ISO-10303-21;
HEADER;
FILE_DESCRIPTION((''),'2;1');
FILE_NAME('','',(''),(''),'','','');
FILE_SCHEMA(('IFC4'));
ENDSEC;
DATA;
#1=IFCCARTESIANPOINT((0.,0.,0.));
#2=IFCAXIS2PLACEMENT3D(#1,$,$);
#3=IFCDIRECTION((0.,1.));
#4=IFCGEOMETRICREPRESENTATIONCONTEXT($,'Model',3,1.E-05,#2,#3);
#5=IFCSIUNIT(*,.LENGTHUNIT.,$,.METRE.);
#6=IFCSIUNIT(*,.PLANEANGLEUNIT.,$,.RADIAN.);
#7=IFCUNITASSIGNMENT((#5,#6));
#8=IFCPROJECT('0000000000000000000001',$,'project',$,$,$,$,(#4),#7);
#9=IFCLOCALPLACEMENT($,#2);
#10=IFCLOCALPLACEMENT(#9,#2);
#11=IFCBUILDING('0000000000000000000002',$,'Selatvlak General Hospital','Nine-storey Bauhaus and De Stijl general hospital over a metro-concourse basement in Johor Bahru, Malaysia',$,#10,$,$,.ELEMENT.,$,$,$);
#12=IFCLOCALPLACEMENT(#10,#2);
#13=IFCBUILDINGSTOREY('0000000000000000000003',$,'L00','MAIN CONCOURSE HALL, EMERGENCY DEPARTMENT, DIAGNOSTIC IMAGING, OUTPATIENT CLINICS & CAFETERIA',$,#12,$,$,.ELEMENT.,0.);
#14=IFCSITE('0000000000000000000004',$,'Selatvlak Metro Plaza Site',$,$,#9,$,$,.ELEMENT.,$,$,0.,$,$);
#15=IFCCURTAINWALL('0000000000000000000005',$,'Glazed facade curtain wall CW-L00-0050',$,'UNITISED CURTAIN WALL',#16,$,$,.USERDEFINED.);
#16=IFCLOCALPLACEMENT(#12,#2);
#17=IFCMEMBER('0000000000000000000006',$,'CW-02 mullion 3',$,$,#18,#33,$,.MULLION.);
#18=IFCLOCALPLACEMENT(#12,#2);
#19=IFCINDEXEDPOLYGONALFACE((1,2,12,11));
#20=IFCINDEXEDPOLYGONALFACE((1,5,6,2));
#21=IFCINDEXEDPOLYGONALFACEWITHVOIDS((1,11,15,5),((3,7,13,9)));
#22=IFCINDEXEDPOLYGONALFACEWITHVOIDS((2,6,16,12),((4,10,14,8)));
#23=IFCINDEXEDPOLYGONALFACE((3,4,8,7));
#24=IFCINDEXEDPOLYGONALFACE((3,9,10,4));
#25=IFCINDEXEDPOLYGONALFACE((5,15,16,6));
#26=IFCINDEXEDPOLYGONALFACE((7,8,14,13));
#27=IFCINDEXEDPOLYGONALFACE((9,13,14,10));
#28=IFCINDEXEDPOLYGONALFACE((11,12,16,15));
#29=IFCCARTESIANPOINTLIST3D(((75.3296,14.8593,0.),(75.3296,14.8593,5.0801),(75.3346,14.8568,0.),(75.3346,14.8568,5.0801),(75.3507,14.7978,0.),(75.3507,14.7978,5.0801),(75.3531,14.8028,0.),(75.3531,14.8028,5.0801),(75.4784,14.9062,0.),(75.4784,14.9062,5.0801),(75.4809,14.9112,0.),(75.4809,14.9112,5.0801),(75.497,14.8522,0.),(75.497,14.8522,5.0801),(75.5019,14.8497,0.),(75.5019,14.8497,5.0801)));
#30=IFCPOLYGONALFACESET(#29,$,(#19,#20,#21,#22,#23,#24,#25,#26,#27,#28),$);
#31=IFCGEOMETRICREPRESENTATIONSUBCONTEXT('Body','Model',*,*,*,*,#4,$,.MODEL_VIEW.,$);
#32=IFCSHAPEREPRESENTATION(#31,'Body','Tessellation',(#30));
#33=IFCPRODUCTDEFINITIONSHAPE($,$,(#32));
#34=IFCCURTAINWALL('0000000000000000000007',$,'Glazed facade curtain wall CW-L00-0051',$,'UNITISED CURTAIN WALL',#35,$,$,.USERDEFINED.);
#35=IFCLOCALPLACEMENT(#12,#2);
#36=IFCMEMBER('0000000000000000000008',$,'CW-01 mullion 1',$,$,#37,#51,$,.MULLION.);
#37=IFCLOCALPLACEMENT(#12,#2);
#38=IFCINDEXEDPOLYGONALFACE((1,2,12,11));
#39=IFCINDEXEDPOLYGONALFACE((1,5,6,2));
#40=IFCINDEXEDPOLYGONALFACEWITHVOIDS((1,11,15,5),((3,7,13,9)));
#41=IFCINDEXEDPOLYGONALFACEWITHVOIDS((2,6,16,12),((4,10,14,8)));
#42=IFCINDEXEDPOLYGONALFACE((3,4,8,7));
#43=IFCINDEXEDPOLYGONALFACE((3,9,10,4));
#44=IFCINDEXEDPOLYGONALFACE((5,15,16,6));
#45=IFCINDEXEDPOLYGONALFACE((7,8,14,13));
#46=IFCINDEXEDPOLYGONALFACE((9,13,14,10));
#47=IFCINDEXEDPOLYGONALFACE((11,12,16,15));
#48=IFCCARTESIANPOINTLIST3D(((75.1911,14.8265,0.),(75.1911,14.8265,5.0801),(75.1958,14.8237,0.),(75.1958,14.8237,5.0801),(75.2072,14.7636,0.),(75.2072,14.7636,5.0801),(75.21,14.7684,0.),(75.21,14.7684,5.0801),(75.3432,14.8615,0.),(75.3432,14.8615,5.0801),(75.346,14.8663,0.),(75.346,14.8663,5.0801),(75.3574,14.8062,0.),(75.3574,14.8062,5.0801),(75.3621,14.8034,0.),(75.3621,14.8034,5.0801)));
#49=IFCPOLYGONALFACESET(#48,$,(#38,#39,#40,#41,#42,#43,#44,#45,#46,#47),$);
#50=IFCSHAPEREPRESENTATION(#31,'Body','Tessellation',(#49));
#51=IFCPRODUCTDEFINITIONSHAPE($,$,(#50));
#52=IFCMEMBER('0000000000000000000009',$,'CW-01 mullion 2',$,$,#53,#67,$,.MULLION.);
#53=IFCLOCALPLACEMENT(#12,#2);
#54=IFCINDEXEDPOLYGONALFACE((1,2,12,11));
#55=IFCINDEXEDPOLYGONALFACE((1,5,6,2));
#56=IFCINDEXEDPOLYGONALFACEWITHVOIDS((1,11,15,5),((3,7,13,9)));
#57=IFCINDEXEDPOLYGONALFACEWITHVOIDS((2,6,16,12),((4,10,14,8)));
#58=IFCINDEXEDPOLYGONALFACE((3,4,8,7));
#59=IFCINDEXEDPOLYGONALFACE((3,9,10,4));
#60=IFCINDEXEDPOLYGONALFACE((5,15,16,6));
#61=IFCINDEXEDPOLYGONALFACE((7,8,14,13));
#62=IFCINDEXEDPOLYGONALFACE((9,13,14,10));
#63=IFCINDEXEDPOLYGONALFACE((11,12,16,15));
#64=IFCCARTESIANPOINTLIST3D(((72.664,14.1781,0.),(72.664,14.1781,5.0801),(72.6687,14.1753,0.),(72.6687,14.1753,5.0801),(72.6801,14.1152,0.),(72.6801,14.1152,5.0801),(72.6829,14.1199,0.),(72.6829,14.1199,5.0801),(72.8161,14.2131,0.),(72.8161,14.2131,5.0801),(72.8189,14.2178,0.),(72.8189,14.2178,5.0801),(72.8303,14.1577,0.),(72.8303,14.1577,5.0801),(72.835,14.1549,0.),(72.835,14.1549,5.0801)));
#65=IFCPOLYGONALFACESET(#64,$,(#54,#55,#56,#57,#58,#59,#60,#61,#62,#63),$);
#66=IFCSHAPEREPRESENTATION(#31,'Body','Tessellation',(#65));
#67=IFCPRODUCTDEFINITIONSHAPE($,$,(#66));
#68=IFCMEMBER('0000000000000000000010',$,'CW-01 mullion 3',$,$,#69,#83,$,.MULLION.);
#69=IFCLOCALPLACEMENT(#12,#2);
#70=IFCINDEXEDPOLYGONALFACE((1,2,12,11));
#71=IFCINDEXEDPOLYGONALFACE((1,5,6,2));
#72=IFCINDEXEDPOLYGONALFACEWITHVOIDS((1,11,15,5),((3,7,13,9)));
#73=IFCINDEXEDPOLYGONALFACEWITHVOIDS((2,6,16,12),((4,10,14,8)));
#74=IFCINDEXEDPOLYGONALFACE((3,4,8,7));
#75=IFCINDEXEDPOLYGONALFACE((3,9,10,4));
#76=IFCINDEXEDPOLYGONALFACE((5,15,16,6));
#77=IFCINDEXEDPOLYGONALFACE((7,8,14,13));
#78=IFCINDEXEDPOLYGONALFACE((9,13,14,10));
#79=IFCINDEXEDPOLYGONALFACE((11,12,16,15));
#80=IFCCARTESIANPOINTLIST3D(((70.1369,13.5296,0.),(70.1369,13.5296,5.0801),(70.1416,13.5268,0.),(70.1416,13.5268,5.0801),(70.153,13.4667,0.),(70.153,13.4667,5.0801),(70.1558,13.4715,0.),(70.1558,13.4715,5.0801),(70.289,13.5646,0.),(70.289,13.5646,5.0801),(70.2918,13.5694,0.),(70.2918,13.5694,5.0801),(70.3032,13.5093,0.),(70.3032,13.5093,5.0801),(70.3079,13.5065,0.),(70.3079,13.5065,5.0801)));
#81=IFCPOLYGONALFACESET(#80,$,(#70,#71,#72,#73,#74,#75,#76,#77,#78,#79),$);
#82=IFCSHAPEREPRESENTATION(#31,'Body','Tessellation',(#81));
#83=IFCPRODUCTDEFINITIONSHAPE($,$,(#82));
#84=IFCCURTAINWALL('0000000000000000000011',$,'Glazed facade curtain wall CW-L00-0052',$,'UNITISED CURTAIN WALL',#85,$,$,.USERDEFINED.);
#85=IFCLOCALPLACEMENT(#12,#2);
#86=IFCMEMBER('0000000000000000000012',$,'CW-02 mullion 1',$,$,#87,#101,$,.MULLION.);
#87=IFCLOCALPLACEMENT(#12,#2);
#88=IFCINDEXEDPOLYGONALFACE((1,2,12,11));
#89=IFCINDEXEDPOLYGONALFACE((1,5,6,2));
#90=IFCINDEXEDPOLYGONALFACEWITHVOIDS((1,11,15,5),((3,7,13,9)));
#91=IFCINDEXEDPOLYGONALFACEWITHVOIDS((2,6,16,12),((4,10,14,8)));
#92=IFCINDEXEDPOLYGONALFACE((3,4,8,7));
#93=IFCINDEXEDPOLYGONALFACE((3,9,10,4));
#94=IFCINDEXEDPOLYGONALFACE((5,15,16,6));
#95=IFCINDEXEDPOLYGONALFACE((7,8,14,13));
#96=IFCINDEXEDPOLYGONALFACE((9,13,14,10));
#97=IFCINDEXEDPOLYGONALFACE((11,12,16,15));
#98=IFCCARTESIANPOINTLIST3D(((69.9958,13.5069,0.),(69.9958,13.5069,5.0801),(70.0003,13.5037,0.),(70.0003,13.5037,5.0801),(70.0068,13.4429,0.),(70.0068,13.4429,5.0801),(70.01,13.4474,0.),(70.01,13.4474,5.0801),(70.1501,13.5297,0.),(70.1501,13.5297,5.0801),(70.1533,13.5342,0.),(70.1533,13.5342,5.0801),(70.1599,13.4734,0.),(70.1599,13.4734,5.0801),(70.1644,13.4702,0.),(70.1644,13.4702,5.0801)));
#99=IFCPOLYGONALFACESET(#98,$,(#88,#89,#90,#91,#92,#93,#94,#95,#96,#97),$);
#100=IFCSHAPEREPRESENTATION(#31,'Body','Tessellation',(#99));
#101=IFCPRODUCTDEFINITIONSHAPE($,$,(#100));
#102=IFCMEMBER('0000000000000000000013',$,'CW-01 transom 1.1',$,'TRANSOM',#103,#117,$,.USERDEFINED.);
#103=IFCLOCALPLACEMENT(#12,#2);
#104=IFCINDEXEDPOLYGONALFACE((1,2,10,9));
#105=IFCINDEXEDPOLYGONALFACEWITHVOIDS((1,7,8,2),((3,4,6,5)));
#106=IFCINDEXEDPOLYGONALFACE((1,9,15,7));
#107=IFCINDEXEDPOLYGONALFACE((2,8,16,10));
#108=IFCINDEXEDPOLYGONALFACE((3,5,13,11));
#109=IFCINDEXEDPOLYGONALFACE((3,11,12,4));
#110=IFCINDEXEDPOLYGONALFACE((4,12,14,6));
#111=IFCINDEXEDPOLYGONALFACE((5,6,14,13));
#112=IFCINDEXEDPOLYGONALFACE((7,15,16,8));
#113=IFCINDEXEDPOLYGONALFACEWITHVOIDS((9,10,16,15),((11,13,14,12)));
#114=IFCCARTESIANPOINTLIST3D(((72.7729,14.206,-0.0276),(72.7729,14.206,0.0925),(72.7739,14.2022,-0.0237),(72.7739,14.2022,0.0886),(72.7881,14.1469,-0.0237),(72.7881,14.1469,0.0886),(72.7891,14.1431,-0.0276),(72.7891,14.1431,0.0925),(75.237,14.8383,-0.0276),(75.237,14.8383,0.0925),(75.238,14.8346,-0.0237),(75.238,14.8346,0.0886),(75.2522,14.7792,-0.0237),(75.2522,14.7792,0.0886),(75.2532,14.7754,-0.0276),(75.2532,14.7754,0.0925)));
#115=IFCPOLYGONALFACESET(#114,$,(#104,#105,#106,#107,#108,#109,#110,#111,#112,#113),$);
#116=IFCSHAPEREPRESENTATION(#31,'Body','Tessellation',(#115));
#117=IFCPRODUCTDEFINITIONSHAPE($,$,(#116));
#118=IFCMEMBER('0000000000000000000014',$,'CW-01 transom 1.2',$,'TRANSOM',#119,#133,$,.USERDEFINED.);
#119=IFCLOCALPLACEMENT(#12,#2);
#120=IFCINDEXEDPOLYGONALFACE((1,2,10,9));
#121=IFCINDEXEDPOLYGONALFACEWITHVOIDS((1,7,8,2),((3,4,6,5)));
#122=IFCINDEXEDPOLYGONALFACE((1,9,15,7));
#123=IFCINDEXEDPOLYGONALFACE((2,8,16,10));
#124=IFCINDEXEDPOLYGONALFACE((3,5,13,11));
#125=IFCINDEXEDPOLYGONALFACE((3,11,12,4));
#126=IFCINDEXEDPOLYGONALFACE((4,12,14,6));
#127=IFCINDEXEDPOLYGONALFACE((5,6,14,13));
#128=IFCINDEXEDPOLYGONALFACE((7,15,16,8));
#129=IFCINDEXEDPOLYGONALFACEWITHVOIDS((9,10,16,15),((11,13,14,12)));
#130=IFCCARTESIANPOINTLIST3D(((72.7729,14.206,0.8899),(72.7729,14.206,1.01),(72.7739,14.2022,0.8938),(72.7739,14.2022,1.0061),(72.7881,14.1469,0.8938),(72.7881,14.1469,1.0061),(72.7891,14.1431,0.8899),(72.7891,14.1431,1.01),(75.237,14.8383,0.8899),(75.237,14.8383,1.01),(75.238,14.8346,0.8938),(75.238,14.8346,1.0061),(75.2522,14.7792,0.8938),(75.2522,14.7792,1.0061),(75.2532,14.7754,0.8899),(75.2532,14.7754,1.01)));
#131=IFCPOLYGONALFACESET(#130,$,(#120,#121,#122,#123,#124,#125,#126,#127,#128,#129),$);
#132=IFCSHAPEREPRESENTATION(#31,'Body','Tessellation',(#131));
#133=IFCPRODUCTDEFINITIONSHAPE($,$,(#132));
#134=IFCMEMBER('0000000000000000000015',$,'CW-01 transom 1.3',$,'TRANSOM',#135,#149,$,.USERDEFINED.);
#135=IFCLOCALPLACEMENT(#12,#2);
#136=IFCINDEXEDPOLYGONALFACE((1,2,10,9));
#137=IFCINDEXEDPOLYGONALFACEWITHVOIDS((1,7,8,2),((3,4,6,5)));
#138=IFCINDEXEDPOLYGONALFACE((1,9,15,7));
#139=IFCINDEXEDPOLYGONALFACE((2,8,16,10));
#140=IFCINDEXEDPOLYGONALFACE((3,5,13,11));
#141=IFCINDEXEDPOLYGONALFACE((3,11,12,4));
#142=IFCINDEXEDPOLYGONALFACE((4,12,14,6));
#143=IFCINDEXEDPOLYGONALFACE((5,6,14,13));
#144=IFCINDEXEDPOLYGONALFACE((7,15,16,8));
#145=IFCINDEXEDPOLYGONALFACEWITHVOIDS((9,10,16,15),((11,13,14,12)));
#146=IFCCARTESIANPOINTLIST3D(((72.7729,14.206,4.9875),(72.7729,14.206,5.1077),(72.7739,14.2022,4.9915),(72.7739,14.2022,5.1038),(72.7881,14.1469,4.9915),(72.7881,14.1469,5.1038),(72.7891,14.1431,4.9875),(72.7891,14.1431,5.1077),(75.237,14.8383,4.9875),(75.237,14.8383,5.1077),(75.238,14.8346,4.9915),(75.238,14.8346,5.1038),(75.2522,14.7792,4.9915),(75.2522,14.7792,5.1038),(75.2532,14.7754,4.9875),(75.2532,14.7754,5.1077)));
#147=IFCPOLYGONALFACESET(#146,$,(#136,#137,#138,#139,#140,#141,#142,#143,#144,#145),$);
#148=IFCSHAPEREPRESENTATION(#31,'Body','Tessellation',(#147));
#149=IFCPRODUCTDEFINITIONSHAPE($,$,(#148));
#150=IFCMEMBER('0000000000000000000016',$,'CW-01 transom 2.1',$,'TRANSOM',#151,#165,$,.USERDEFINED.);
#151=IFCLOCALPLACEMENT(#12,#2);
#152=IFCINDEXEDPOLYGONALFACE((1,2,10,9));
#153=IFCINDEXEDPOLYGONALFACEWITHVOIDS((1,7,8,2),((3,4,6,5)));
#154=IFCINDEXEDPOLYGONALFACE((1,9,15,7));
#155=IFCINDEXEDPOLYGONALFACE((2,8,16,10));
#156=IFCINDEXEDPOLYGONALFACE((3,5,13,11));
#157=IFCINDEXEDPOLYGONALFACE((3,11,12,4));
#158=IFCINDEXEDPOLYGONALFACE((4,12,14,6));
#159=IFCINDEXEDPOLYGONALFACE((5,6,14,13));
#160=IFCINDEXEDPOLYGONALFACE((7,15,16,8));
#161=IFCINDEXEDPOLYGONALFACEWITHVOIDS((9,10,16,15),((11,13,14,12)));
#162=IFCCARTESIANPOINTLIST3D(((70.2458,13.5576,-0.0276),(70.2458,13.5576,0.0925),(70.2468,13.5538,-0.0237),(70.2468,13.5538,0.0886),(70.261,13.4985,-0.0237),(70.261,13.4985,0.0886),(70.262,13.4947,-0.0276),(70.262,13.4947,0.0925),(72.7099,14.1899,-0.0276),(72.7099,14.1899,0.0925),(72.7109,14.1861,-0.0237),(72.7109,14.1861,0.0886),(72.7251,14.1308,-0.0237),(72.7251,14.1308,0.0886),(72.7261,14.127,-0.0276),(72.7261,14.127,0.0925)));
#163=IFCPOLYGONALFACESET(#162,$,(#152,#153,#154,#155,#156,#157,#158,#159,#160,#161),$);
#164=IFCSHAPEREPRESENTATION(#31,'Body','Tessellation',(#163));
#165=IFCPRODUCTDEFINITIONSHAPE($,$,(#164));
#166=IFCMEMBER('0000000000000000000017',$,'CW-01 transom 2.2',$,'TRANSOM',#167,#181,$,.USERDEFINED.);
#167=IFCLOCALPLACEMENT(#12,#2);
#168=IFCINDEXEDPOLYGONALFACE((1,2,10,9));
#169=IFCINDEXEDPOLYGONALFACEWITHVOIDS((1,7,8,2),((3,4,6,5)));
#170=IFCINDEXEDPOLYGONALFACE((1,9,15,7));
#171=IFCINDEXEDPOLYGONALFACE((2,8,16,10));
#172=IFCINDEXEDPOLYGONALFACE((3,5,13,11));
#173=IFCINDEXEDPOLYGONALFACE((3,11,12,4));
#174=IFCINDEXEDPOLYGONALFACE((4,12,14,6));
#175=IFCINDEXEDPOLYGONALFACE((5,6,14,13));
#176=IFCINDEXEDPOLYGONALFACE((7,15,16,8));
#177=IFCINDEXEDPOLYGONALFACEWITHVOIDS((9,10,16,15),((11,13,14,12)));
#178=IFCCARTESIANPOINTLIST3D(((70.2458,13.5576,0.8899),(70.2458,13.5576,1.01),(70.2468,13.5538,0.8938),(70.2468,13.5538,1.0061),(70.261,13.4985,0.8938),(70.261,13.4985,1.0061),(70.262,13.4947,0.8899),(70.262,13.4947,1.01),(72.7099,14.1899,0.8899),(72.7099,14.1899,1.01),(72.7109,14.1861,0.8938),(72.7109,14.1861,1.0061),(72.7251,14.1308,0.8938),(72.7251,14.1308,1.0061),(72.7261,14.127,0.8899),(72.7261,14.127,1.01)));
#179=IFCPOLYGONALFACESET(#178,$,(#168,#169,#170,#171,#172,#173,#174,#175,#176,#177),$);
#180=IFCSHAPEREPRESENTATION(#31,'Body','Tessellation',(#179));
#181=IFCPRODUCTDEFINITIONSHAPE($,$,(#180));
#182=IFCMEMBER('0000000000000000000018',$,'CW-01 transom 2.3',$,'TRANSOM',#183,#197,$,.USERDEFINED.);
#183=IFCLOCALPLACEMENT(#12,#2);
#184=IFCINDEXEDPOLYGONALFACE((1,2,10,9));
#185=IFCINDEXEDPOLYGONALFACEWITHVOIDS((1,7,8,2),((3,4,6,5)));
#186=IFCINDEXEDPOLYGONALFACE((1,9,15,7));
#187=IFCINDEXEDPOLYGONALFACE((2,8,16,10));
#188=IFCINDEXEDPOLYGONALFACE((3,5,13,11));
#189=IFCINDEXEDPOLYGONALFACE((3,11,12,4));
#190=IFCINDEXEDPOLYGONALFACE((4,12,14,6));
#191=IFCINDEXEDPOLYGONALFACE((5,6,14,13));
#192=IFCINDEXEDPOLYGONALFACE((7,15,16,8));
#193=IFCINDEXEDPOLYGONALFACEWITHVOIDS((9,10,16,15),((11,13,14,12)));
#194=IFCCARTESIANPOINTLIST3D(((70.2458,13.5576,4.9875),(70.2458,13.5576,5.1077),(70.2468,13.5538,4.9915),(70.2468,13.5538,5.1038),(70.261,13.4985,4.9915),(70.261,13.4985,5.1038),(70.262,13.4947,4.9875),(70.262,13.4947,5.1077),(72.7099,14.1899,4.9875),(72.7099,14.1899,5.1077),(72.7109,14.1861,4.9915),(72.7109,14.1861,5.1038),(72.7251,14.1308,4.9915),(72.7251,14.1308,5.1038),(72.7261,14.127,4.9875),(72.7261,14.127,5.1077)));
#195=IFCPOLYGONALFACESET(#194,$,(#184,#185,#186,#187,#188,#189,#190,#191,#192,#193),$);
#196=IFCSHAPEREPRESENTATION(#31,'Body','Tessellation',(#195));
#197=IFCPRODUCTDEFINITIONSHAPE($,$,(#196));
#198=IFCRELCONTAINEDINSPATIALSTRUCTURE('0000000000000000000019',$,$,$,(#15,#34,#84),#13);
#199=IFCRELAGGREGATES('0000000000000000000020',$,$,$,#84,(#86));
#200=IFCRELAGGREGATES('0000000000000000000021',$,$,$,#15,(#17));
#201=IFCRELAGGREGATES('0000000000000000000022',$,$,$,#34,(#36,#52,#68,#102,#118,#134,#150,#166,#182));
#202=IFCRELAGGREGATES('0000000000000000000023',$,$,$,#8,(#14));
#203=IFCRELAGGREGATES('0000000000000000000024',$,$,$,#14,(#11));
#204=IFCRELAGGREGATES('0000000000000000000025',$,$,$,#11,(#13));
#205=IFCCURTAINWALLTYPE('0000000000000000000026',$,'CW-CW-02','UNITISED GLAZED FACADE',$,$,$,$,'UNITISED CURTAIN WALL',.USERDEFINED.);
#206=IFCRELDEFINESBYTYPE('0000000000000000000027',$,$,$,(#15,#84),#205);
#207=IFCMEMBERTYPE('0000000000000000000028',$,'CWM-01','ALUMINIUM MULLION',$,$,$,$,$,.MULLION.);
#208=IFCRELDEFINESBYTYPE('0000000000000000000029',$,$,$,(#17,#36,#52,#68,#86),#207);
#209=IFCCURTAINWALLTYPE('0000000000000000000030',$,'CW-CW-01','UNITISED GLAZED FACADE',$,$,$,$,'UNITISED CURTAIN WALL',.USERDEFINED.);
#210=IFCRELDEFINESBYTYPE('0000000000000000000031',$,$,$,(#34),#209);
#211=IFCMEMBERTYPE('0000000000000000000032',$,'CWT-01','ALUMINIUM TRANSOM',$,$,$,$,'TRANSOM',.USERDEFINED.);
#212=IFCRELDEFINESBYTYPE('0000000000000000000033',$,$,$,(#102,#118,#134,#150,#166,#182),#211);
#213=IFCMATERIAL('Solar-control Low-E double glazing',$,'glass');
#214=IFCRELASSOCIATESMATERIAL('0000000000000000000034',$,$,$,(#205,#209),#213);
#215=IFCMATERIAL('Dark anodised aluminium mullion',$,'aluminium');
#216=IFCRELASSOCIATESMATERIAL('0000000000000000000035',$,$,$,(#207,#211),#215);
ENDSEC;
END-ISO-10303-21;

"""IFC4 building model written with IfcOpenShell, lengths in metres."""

from ifc_helpers import new_model, si_unit, direction, frame, origin, origin_2d, place, context, subcontext, project, spatial, hollow_rectangle, extrude, material, material_profile, profile_set, type_object, element, aggregate, save


model = new_model("IFC4")

# Units and contexts
model_context = context("Model", 3, precision=1e-05, world=origin(), true_north=direction((0.0, 1.0)))
body_context = subcontext(model_context, "Body", "Model", "MODEL_VIEW")
ifc_project = project(units=[si_unit("LENGTHUNIT", "METRE"), si_unit("PLANEANGLEUNIT", "RADIAN")], contexts=[model_context])

# Site, building, storey
site_placement = place(None, origin())
site = spatial("IfcSite", under=ifc_project, at=site_placement, Name="Selatvlak Metro Plaza Site", CompositionType="ELEMENT", RefElevation=0.0)
building_placement = place(site_placement, origin())
building = spatial("IfcBuilding", under=site, at=building_placement, Name="Selatvlak General Hospital", Description="Nine-storey Bauhaus and De Stijl general hospital over a metro-concourse basement in Johor Bahru, Malaysia", CompositionType="ELEMENT")
storey_placement = place(building_placement, origin())
storey = spatial("IfcBuildingStorey", under=building, at=storey_placement, Name="L00", Description="MAIN CONCOURSE HALL, EMERGENCY DEPARTMENT, DIAGNOSTIC IMAGING, OUTPATIENT CLINICS & CAFETERIA", CompositionType="ELEMENT", Elevation=0.0)

# Curtain wall, member
ifc_material_1 = material(Name="Solar-control Low-E double glazing", Category="glass")
curtain_wall_type_1 = type_object("IfcCurtainWallType", Name="CW-CW-02", Description="UNITISED GLAZED FACADE", ElementType="UNITISED CURTAIN WALL", PredefinedType="USERDEFINED", material=ifc_material_1)
curtain_wall_1_placement = place(storey_placement, origin())
curtain_wall_1 = element("IfcCurtainWall", 1, at=curtain_wall_1_placement, inside=storey, type_object=curtain_wall_type_1, Name="Glazed facade curtain wall CW-L00-0050", ObjectType="UNITISED CURTAIN WALL", PredefinedType="USERDEFINED")
ifc_material_2 = material(Name="Dark anodised aluminium mullion", Category="aluminium")
ifc_material_profile_1 = material_profile(ifc_material_2, hollow_rectangle(XDim=0.0649, YDim=0.1599, WallThickness=0.0039, at=origin_2d()), Name="AL-MUL 65x160x4")
ifc_profile_set_1 = profile_set([ifc_material_profile_1], Name="Dark anodised aluminium mullion")
member_type_1 = type_object("IfcMemberType", Name="CWM-01", Description="ALUMINIUM MULLION", PredefinedType="MULLION", material=ifc_profile_set_1)
member_1_placement = place(storey_placement, frame((75.4158, 14.8545, 0.0), z_axis=(0.0, 0.0, 1.0), x_axis=(0.324609, -0.945848, 0.0)))
member_1 = element("IfcMember", 2, at=member_1_placement, type_object=member_type_1, Name="CW-02 mullion 3", PredefinedType="MULLION", context=body_context, shape_type="SweptSolid", body=[
    extrude(hollow_rectangle(XDim=0.0649, YDim=0.1599, WallThickness=0.0039, at=origin_2d()), origin(), (0.0, 0.0, 1.0), 5.0801),
])

# Curtain wall, members
curtain_wall_type_2 = type_object("IfcCurtainWallType", Name="CW-CW-01", Description="UNITISED GLAZED FACADE", ElementType="UNITISED CURTAIN WALL", PredefinedType="USERDEFINED", material=ifc_material_1)
curtain_wall_2_placement = place(storey_placement, origin())
curtain_wall_2 = element("IfcCurtainWall", 3, at=curtain_wall_2_placement, inside=storey, type_object=curtain_wall_type_2, Name="Glazed facade curtain wall CW-L00-0051", ObjectType="UNITISED CURTAIN WALL", PredefinedType="USERDEFINED")
member_2_placement = place(storey_placement, frame((75.2766, 14.8149, 0.0), z_axis=(0.0, 0.0, 1.0), x_axis=(0.248544, -0.968621, 0.0)))
member_2 = element("IfcMember", 4, at=member_2_placement, type_object=member_type_1, Name="CW-01 mullion 1", PredefinedType="MULLION", context=body_context, shape_type="SweptSolid", body=[
    extrude(hollow_rectangle(XDim=0.0649, YDim=0.1599, WallThickness=0.0039, at=origin_2d()), origin(), (0.0, 0.0, 1.0), 5.0801),
])
member_3_placement = place(storey_placement, frame((72.7495, 14.1665, 0.0), z_axis=(0.0, 0.0, 1.0), x_axis=(0.248544, -0.968621, 0.0)))
member_3 = element("IfcMember", 5, at=member_3_placement, type_object=member_type_1, Name="CW-01 mullion 2", PredefinedType="MULLION", context=body_context, shape_type="SweptSolid", body=[
    extrude(hollow_rectangle(XDim=0.0649, YDim=0.1599, WallThickness=0.0039, at=origin_2d()), origin(), (0.0, 0.0, 1.0), 5.0801),
])
member_4_placement = place(storey_placement, frame((70.2224, 13.5181, 0.0), z_axis=(0.0, 0.0, 1.0), x_axis=(0.248544, -0.968621, 0.0)))
member_4 = element("IfcMember", 6, at=member_4_placement, type_object=member_type_1, Name="CW-01 mullion 3", PredefinedType="MULLION", context=body_context, shape_type="SweptSolid", body=[
    extrude(hollow_rectangle(XDim=0.0649, YDim=0.1599, WallThickness=0.0039, at=origin_2d()), origin(), (0.0, 0.0, 1.0), 5.0801),
])

# Curtain wall, member
curtain_wall_3_placement = place(storey_placement, origin())
curtain_wall_3 = element("IfcCurtainWall", 7, at=curtain_wall_3_placement, inside=storey, type_object=curtain_wall_type_1, Name="Glazed facade curtain wall CW-L00-0052", ObjectType="UNITISED CURTAIN WALL", PredefinedType="USERDEFINED")
member_5_placement = place(storey_placement, frame((70.0801, 13.4885, 0.0), z_axis=(0.0, 0.0, 1.0), x_axis=(0.170838, -0.985299, 0.0)))
member_5 = element("IfcMember", 8, at=member_5_placement, type_object=member_type_1, Name="CW-02 mullion 1", PredefinedType="MULLION", context=body_context, shape_type="SweptSolid", body=[
    extrude(hollow_rectangle(XDim=0.0649, YDim=0.1599, WallThickness=0.0039, at=origin_2d()), origin(), (0.0, 0.0, 1.0), 5.0801),
])

# Members
ifc_material_profile_2 = material_profile(ifc_material_2, hollow_rectangle(XDim=0.0649, YDim=0.1201, WallThickness=0.0039, at=origin_2d()), Name="AL-TRN 65x120x4")
ifc_profile_set_2 = profile_set([ifc_material_profile_2], Name="Dark anodised aluminium mullion")
member_type_2 = type_object("IfcMemberType", Name="CWT-01", Description="ALUMINIUM TRANSOM", ElementType="TRANSOM", PredefinedType="USERDEFINED", material=ifc_profile_set_2)
member_6_placement = place(storey_placement, frame((75.2451, 14.8069, 0.0325), z_axis=(-0.968616, -0.24856, 0.0), x_axis=(0.24856, -0.968616, 0.0)))
member_6 = element("IfcMember", 9, at=member_6_placement, type_object=member_type_2, Name="CW-01 transom 1.1", ObjectType="TRANSOM", PredefinedType="USERDEFINED", context=body_context, shape_type="SweptSolid", body=[
    extrude(hollow_rectangle(XDim=0.0649, YDim=0.1201, WallThickness=0.0039, at=origin_2d()), origin(), (0.0, 0.0, 1.0), 2.5439),
])
member_7_placement = place(storey_placement, frame((75.2451, 14.8069, 0.95), z_axis=(-0.968616, -0.24856, 0.0), x_axis=(0.24856, -0.968616, 0.0)))
member_7 = element("IfcMember", 10, at=member_7_placement, type_object=member_type_2, Name="CW-01 transom 1.2", ObjectType="TRANSOM", PredefinedType="USERDEFINED", context=body_context, shape_type="SweptSolid", body=[
    extrude(hollow_rectangle(XDim=0.0649, YDim=0.1201, WallThickness=0.0039, at=origin_2d()), origin(), (0.0, 0.0, 1.0), 2.5439),
])
member_8_placement = place(storey_placement, frame((75.2451, 14.8069, 5.0476), z_axis=(-0.968616, -0.24856, 0.0), x_axis=(0.24856, -0.968616, 0.0)))
member_8 = element("IfcMember", 11, at=member_8_placement, type_object=member_type_2, Name="CW-01 transom 1.3", ObjectType="TRANSOM", PredefinedType="USERDEFINED", context=body_context, shape_type="SweptSolid", body=[
    extrude(hollow_rectangle(XDim=0.0649, YDim=0.1201, WallThickness=0.0039, at=origin_2d()), origin(), (0.0, 0.0, 1.0), 2.5439),
])
member_9_placement = place(storey_placement, frame((72.718, 14.1584, 0.0325), z_axis=(-0.968616, -0.24856, 0.0), x_axis=(0.24856, -0.968616, 0.0)))
member_9 = element("IfcMember", 12, at=member_9_placement, type_object=member_type_2, Name="CW-01 transom 2.1", ObjectType="TRANSOM", PredefinedType="USERDEFINED", context=body_context, shape_type="SweptSolid", body=[
    extrude(hollow_rectangle(XDim=0.0649, YDim=0.1201, WallThickness=0.0039, at=origin_2d()), origin(), (0.0, 0.0, 1.0), 2.5439),
])
member_10_placement = place(storey_placement, frame((72.718, 14.1584, 0.95), z_axis=(-0.968616, -0.24856, 0.0), x_axis=(0.24856, -0.968616, 0.0)))
member_10 = element("IfcMember", 13, at=member_10_placement, type_object=member_type_2, Name="CW-01 transom 2.2", ObjectType="TRANSOM", PredefinedType="USERDEFINED", context=body_context, shape_type="SweptSolid", body=[
    extrude(hollow_rectangle(XDim=0.0649, YDim=0.1201, WallThickness=0.0039, at=origin_2d()), origin(), (0.0, 0.0, 1.0), 2.5439),
])
member_11_placement = place(storey_placement, frame((72.718, 14.1584, 5.0476), z_axis=(-0.968616, -0.24856, 0.0), x_axis=(0.24856, -0.968616, 0.0)))
member_11 = element("IfcMember", 14, at=member_11_placement, type_object=member_type_2, Name="CW-01 transom 2.3", ObjectType="TRANSOM", PredefinedType="USERDEFINED", context=body_context, shape_type="SweptSolid", body=[
    extrude(hollow_rectangle(XDim=0.0649, YDim=0.1201, WallThickness=0.0039, at=origin_2d()), origin(), (0.0, 0.0, 1.0), 2.5439),
])
aggregate(curtain_wall_3, [member_5])

aggregate(curtain_wall_1, [member_1])
aggregate(curtain_wall_2, [member_2, member_3, member_4, member_6, member_7, member_8, member_9, member_10, member_11])

save(model, "model.ifc")
